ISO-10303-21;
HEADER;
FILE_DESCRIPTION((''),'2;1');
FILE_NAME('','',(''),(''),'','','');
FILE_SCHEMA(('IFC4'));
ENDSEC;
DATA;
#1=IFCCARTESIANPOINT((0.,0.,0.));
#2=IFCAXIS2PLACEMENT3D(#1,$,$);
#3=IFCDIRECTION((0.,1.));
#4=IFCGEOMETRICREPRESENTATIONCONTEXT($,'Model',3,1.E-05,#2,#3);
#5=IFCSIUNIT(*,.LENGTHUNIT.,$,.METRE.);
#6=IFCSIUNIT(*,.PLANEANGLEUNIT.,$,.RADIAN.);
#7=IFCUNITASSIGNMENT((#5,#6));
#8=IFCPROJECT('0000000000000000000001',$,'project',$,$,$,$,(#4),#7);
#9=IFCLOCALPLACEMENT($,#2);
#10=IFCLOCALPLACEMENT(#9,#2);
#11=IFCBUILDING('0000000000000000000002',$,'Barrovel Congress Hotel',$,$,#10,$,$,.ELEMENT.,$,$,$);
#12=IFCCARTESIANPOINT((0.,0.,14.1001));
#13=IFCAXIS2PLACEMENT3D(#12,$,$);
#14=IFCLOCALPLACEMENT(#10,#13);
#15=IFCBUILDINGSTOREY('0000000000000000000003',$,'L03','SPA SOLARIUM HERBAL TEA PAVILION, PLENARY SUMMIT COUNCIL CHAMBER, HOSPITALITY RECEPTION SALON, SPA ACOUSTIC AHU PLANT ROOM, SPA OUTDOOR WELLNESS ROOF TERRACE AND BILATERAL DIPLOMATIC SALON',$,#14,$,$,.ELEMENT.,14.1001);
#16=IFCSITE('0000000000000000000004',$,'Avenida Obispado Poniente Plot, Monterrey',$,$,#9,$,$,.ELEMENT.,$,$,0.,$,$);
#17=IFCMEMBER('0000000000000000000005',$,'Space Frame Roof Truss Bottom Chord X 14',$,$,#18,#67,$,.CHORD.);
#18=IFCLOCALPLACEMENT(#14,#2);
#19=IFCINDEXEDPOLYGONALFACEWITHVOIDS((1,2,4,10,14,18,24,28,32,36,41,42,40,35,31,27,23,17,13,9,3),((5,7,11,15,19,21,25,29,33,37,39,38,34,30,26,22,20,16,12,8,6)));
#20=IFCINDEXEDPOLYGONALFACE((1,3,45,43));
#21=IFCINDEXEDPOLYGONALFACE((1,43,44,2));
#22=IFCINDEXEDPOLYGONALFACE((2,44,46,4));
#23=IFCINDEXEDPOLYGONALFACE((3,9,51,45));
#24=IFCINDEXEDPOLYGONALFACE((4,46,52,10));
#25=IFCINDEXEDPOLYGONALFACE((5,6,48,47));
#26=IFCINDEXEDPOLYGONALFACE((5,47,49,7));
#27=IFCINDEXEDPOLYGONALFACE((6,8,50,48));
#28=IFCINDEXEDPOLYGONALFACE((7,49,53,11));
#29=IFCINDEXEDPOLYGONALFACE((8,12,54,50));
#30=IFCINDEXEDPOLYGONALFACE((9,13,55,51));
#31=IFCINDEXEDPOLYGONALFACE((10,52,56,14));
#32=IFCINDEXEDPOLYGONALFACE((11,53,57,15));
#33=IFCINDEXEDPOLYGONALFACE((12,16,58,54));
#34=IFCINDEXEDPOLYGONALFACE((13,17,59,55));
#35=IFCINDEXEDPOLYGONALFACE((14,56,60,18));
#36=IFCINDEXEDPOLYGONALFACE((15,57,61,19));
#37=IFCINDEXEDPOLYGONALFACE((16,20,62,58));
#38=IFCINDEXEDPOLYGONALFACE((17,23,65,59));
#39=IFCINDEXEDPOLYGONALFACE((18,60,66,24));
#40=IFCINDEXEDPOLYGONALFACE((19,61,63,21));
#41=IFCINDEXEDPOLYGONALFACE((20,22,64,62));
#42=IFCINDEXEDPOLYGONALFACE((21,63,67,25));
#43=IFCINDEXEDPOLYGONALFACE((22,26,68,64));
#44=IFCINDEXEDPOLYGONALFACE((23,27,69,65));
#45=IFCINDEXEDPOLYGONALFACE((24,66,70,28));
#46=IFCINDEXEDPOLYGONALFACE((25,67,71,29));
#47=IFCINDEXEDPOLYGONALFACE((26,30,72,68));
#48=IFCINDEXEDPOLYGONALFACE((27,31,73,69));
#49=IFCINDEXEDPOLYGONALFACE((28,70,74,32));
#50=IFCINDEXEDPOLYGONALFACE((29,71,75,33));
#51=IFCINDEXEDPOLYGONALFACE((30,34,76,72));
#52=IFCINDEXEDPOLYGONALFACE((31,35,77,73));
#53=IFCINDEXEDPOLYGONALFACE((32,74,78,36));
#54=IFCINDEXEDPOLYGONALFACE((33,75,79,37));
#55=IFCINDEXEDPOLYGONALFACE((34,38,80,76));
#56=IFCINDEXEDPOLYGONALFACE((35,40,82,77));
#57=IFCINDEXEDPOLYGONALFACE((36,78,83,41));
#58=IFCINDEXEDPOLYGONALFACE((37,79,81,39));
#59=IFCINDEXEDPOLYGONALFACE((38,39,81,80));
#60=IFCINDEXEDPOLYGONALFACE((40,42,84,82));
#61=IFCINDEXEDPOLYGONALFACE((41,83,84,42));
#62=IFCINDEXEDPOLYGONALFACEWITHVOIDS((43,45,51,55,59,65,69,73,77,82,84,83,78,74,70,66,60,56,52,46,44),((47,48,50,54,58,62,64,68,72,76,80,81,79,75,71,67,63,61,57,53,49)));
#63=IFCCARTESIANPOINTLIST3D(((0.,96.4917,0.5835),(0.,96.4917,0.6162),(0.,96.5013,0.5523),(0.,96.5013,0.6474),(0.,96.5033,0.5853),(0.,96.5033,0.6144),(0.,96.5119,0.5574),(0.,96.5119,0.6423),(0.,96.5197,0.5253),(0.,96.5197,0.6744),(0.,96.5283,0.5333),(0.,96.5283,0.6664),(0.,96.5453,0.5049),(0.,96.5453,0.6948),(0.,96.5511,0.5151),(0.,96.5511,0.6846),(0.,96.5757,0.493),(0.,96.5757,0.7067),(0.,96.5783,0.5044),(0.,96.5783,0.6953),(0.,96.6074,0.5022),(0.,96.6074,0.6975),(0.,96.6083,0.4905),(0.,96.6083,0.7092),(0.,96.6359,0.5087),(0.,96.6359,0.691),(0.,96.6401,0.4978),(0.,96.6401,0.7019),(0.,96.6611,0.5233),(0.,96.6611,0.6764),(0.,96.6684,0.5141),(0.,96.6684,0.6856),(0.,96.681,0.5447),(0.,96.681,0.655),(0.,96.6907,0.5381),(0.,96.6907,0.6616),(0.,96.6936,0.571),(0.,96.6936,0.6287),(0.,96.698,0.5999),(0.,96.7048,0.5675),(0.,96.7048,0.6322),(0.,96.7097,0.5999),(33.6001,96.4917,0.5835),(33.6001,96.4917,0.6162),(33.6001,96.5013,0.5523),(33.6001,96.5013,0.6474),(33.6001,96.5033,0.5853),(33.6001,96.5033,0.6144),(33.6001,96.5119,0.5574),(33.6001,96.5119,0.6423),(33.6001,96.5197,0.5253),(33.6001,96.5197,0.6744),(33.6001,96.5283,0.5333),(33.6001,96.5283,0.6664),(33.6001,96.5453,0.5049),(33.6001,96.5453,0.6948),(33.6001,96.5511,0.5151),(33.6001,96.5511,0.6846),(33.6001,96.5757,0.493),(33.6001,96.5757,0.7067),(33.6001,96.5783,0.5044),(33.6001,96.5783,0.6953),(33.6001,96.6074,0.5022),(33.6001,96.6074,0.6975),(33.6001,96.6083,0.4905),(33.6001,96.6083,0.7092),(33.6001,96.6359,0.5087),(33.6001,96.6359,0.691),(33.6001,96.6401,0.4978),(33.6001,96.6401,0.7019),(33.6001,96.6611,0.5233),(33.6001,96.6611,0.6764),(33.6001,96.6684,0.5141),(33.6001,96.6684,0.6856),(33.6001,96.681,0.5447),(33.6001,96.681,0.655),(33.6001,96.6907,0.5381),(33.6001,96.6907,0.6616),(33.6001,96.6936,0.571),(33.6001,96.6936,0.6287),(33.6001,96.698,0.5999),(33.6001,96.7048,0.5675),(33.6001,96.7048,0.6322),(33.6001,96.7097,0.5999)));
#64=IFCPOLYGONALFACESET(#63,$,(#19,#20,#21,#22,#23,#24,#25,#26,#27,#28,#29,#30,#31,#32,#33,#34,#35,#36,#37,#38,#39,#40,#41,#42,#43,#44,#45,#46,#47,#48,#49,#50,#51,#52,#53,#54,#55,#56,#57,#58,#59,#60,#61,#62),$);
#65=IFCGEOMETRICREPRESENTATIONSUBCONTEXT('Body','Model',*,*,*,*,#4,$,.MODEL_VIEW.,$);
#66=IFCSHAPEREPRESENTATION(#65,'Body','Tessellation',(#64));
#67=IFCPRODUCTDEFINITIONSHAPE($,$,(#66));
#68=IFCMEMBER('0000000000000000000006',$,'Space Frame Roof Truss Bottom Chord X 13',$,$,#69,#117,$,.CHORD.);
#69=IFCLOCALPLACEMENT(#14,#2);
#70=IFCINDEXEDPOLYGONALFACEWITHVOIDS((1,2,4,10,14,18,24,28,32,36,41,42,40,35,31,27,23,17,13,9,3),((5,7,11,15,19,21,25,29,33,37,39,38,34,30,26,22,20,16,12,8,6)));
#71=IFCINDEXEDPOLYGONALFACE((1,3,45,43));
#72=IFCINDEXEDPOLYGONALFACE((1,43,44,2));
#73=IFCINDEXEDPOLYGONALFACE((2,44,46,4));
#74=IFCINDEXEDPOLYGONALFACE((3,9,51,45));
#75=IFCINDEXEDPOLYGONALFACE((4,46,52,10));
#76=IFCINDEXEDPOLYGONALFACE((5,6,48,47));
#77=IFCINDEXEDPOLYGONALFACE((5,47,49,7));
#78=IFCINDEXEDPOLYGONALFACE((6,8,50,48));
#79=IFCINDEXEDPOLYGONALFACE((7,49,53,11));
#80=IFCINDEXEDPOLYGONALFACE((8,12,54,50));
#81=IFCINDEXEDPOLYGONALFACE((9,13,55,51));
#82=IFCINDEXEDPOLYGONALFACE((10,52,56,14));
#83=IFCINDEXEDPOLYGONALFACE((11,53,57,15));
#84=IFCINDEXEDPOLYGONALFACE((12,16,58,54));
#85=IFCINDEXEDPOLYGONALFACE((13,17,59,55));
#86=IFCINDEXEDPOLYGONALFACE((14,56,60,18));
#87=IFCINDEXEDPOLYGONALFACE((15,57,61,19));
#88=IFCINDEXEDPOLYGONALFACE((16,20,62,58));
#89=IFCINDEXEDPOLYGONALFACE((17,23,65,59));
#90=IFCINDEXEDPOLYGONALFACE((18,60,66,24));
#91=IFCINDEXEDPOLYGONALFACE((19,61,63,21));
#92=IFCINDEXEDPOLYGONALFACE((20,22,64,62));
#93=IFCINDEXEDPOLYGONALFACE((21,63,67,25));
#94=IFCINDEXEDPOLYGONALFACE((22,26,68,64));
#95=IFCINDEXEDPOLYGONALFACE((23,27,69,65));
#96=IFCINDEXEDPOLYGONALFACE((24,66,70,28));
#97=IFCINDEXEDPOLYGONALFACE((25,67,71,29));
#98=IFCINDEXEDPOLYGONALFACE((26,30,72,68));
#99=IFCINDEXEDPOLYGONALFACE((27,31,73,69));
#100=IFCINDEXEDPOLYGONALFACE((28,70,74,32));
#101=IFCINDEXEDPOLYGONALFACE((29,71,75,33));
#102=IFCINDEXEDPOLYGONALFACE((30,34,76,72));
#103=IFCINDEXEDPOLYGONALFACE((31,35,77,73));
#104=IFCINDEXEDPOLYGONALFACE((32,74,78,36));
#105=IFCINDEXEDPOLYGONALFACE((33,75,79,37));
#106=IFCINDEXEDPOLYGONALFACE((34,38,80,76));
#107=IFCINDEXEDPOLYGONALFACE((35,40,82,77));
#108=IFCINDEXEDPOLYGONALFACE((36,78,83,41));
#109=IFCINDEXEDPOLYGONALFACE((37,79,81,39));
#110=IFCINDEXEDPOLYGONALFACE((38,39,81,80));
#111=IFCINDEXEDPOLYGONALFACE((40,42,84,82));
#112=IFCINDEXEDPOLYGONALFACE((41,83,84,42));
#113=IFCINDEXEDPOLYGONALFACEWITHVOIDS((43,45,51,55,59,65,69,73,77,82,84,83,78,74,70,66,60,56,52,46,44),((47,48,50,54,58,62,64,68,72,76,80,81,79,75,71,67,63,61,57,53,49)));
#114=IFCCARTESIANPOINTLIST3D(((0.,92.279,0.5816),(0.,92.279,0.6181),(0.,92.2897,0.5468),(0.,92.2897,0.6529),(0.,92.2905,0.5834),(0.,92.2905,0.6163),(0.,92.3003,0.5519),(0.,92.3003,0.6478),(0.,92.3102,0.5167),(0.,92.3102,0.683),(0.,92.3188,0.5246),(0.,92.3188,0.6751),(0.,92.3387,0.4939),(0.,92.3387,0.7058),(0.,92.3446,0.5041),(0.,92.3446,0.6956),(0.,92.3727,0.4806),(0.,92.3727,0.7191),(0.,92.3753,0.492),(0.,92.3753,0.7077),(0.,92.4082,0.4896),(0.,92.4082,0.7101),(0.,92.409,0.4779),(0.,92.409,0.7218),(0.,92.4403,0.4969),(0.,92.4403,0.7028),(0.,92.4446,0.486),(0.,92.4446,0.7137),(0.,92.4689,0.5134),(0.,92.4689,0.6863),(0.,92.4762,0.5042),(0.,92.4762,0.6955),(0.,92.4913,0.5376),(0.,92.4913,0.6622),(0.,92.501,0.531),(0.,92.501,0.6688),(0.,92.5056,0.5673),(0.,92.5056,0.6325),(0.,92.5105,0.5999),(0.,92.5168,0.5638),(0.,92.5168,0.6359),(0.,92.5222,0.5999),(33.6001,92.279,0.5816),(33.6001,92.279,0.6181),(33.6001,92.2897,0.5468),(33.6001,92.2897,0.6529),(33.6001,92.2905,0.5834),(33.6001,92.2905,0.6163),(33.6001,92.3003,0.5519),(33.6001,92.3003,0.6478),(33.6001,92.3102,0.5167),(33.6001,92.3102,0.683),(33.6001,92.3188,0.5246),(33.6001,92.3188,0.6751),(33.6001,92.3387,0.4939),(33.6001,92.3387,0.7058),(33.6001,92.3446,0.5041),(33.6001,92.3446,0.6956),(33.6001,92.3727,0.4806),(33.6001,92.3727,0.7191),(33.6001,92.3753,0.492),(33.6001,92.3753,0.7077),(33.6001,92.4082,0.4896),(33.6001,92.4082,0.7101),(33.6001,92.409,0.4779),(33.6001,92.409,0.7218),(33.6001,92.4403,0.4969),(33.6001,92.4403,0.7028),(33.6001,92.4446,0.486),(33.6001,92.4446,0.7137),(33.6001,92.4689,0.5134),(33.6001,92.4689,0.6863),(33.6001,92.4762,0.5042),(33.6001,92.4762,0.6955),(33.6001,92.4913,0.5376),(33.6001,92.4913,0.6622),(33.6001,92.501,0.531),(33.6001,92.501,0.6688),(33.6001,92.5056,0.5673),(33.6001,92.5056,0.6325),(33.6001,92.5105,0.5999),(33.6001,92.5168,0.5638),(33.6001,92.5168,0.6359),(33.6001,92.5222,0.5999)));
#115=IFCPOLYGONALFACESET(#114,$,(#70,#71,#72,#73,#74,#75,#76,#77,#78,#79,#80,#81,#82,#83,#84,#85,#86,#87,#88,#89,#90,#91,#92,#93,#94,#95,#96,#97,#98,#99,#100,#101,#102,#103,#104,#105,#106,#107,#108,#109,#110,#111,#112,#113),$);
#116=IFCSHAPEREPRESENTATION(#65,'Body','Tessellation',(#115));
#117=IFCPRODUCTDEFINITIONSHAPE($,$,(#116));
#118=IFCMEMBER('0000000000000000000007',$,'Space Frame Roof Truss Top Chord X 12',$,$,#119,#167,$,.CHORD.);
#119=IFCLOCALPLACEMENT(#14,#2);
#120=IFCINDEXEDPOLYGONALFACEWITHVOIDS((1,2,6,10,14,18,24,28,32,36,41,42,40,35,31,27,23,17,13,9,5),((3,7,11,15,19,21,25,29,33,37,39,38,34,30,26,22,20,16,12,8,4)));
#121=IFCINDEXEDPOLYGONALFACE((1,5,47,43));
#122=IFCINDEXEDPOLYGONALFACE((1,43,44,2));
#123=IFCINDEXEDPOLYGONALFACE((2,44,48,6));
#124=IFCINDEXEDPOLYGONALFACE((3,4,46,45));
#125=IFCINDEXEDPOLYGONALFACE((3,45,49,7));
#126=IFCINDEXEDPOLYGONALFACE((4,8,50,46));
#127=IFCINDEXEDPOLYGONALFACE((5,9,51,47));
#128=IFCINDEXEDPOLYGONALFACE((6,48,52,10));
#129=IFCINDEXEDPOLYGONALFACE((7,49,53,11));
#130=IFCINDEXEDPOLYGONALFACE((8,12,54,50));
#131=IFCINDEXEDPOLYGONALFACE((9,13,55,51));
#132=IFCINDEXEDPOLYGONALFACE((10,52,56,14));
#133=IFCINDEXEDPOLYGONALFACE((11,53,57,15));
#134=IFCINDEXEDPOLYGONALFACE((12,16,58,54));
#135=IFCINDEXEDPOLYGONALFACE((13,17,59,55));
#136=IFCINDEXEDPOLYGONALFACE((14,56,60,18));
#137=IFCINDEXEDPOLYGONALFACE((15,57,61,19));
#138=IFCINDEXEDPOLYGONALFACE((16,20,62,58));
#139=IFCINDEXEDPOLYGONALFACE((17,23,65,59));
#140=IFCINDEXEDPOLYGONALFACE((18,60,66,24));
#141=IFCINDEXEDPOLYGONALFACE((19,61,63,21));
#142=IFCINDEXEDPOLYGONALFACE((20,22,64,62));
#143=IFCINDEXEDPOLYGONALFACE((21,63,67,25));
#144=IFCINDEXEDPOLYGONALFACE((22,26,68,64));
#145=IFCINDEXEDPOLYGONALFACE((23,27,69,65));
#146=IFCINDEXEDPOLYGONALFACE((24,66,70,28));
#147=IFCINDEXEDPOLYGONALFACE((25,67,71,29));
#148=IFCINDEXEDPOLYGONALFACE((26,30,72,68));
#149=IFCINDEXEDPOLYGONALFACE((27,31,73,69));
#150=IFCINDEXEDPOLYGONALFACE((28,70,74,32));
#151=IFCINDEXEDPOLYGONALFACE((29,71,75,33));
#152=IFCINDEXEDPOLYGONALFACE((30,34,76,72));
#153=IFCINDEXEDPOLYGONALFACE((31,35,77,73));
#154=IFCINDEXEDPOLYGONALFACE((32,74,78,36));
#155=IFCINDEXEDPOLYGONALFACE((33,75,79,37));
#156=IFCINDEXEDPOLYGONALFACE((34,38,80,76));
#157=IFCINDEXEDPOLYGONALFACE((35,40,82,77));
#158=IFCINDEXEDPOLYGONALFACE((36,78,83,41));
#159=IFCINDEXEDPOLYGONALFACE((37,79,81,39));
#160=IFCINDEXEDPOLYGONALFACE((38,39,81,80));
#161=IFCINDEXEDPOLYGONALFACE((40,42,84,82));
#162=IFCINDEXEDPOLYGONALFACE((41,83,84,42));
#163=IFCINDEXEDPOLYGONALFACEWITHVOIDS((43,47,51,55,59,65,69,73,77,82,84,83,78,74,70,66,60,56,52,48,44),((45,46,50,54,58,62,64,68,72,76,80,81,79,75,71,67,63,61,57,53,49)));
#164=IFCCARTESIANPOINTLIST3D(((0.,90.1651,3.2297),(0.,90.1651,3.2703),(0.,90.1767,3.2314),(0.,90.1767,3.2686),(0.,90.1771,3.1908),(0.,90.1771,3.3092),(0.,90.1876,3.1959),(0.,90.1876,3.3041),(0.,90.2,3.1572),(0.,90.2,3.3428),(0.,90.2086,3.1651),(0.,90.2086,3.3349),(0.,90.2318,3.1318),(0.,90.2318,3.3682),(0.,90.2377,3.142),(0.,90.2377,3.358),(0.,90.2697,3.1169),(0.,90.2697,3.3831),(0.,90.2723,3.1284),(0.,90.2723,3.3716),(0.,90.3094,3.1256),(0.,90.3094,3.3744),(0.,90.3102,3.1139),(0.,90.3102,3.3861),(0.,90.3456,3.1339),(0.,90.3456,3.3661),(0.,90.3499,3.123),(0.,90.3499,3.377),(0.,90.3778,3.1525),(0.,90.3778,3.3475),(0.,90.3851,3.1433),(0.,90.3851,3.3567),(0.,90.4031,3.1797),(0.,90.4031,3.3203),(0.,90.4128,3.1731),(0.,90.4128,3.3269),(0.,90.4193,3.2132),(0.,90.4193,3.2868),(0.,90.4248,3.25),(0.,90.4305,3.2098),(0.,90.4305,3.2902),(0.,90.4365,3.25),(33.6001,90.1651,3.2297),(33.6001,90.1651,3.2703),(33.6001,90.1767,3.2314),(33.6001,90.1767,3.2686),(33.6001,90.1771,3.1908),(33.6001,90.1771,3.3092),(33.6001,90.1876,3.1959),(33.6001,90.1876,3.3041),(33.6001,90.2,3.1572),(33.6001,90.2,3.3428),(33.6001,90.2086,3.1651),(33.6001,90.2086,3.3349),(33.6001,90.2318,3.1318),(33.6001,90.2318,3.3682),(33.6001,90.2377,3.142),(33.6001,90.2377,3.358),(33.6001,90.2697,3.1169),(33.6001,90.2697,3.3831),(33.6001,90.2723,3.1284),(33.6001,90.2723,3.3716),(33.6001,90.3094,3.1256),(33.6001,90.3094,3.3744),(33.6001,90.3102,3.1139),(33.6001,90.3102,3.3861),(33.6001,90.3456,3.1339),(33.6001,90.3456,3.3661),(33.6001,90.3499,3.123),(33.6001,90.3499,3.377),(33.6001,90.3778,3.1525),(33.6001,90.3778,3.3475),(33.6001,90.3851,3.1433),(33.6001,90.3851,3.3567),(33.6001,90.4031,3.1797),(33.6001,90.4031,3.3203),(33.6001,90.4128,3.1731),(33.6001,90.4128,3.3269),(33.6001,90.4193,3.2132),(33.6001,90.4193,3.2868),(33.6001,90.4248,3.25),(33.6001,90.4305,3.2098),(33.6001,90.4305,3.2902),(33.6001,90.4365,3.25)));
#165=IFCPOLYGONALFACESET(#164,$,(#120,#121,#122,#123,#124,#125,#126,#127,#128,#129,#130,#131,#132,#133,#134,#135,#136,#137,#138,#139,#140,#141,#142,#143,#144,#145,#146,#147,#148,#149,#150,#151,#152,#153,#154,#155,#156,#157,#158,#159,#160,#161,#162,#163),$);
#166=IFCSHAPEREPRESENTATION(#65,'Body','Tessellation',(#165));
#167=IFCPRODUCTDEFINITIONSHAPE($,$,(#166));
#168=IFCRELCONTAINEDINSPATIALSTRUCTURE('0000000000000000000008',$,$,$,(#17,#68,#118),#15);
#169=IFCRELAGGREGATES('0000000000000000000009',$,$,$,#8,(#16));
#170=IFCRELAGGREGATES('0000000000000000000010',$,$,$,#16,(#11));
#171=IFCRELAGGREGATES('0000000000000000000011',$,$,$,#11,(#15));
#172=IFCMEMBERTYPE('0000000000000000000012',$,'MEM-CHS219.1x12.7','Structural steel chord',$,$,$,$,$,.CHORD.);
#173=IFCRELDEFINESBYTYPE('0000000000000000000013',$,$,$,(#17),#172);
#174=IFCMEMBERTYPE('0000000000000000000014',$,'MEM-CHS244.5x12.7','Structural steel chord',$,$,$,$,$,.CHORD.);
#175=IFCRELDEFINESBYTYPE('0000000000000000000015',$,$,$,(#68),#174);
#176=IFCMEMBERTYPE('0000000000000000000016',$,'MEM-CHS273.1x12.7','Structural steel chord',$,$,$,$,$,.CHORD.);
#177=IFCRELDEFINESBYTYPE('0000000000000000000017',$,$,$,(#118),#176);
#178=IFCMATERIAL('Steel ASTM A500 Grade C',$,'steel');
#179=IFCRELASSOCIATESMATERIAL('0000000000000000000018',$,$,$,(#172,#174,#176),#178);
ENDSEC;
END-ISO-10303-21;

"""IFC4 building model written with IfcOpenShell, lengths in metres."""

from ifc_helpers import new_model, si_unit, direction, frame, origin, origin_2d, place, context, subcontext, project, spatial, hollow_circle, extrude, material, material_profile, profile_set, type_object, element, save


model = new_model("IFC4")

# Units and contexts
model_context = context("Model", 3, precision=1e-05, world=origin(), true_north=direction((0.0, 1.0)))
body_context = subcontext(model_context, "Body", "Model", "MODEL_VIEW")
ifc_project = project(units=[si_unit("LENGTHUNIT", "METRE"), si_unit("PLANEANGLEUNIT", "RADIAN")], contexts=[model_context])

# Site, building, storey
site_placement = place(None, origin())
site = spatial("IfcSite", under=ifc_project, at=site_placement, Name="Avenida Obispado Poniente Plot, Monterrey", CompositionType="ELEMENT", RefElevation=0.0)
building_placement = place(site_placement, origin())
building = spatial("IfcBuilding", under=site, at=building_placement, Name="Barrovel Congress Hotel", CompositionType="ELEMENT")
storey_placement = place(building_placement, frame((0.0, 0.0, 14.1001)))
storey = spatial("IfcBuildingStorey", under=building, at=storey_placement, Name="L03", Description="SPA SOLARIUM HERBAL TEA PAVILION, PLENARY SUMMIT COUNCIL CHAMBER, HOSPITALITY RECEPTION SALON, SPA ACOUSTIC AHU PLANT ROOM, SPA OUTDOOR WELLNESS ROOF TERRACE AND BILATERAL DIPLOMATIC SALON", CompositionType="ELEMENT", Elevation=14.1001)

# Members
ifc_material_1 = material(Name="Steel ASTM A500 Grade C", Category="steel")
ifc_material_profile_1 = material_profile(ifc_material_1, hollow_circle(Radius=0.1096, WallThickness=0.0117, at=origin_2d()), Name="CHS219.1x12.7")
ifc_profile_set_1 = profile_set([ifc_material_profile_1], Name="Steel ASTM A500 Grade C")
member_type_1 = type_object("IfcMemberType", Name="MEM-CHS219.1x12.7", Description="Structural steel chord", PredefinedType="CHORD", material=ifc_profile_set_1)
member_1_placement = place(storey_placement, frame((0.0, 96.6001, 0.5999), z_axis=(1.0, 0.0, 0.0), x_axis=(0.0, 1.0, 0.0)))
element("IfcMember", 1, at=member_1_placement, inside=storey, type_object=member_type_1, Name="Space Frame Roof Truss Bottom Chord X 14", PredefinedType="CHORD", context=body_context, shape_type="SweptSolid", body=[
    extrude(hollow_circle(Radius=0.1096, WallThickness=0.0117, at=origin_2d()), origin(), (0.0, 0.0, 1.0), 33.6001),
])
ifc_material_profile_2 = material_profile(ifc_material_1, hollow_circle(Radius=0.1223, WallThickness=0.0117, at=origin_2d()), Name="CHS244.5x12.7")
ifc_profile_set_2 = profile_set([ifc_material_profile_2], Name="Steel ASTM A500 Grade C")
member_type_2 = type_object("IfcMemberType", Name="MEM-CHS244.5x12.7", Description="Structural steel chord", PredefinedType="CHORD", material=ifc_profile_set_2)
member_2_placement = place(storey_placement, frame((0.0, 92.3999, 0.5999), z_axis=(1.0, 0.0, 0.0), x_axis=(0.0, 1.0, 0.0)))
element("IfcMember", 2, at=member_2_placement, inside=storey, type_object=member_type_2, Name="Space Frame Roof Truss Bottom Chord X 13", PredefinedType="CHORD", context=body_context, shape_type="SweptSolid", body=[
    extrude(hollow_circle(Radius=0.1223, WallThickness=0.0117, at=origin_2d()), origin(), (0.0, 0.0, 1.0), 33.6001),
])
ifc_material_profile_3 = material_profile(ifc_material_1, hollow_circle(Radius=0.1365, WallThickness=0.0117, at=origin_2d()), Name="CHS273.1x12.7")
ifc_profile_set_3 = profile_set([ifc_material_profile_3], Name="Steel ASTM A500 Grade C")
member_type_3 = type_object("IfcMemberType", Name="MEM-CHS273.1x12.7", Description="Structural steel chord", PredefinedType="CHORD", material=ifc_profile_set_3)
for number, where, z_axis, x_axis, name in (
    (3, (0.0, 90.3, 3.25), (1.0, 0.0, 0.0), (0.0, 1.0, 0.0), "Space Frame Roof Truss Top Chord X 12"),
):
    element("IfcMember", number, at=place(storey_placement, frame(where, z_axis=z_axis, x_axis=x_axis)), inside=storey, type_object=member_type_3, Name=name, PredefinedType="CHORD", context=body_context, shape_type="SweptSolid", body=[
        extrude(hollow_circle(Radius=0.1365, WallThickness=0.0117, at=origin_2d()), origin(), (0.0, 0.0, 1.0), 33.6001),
    ])

save(model, "model.ifc")
